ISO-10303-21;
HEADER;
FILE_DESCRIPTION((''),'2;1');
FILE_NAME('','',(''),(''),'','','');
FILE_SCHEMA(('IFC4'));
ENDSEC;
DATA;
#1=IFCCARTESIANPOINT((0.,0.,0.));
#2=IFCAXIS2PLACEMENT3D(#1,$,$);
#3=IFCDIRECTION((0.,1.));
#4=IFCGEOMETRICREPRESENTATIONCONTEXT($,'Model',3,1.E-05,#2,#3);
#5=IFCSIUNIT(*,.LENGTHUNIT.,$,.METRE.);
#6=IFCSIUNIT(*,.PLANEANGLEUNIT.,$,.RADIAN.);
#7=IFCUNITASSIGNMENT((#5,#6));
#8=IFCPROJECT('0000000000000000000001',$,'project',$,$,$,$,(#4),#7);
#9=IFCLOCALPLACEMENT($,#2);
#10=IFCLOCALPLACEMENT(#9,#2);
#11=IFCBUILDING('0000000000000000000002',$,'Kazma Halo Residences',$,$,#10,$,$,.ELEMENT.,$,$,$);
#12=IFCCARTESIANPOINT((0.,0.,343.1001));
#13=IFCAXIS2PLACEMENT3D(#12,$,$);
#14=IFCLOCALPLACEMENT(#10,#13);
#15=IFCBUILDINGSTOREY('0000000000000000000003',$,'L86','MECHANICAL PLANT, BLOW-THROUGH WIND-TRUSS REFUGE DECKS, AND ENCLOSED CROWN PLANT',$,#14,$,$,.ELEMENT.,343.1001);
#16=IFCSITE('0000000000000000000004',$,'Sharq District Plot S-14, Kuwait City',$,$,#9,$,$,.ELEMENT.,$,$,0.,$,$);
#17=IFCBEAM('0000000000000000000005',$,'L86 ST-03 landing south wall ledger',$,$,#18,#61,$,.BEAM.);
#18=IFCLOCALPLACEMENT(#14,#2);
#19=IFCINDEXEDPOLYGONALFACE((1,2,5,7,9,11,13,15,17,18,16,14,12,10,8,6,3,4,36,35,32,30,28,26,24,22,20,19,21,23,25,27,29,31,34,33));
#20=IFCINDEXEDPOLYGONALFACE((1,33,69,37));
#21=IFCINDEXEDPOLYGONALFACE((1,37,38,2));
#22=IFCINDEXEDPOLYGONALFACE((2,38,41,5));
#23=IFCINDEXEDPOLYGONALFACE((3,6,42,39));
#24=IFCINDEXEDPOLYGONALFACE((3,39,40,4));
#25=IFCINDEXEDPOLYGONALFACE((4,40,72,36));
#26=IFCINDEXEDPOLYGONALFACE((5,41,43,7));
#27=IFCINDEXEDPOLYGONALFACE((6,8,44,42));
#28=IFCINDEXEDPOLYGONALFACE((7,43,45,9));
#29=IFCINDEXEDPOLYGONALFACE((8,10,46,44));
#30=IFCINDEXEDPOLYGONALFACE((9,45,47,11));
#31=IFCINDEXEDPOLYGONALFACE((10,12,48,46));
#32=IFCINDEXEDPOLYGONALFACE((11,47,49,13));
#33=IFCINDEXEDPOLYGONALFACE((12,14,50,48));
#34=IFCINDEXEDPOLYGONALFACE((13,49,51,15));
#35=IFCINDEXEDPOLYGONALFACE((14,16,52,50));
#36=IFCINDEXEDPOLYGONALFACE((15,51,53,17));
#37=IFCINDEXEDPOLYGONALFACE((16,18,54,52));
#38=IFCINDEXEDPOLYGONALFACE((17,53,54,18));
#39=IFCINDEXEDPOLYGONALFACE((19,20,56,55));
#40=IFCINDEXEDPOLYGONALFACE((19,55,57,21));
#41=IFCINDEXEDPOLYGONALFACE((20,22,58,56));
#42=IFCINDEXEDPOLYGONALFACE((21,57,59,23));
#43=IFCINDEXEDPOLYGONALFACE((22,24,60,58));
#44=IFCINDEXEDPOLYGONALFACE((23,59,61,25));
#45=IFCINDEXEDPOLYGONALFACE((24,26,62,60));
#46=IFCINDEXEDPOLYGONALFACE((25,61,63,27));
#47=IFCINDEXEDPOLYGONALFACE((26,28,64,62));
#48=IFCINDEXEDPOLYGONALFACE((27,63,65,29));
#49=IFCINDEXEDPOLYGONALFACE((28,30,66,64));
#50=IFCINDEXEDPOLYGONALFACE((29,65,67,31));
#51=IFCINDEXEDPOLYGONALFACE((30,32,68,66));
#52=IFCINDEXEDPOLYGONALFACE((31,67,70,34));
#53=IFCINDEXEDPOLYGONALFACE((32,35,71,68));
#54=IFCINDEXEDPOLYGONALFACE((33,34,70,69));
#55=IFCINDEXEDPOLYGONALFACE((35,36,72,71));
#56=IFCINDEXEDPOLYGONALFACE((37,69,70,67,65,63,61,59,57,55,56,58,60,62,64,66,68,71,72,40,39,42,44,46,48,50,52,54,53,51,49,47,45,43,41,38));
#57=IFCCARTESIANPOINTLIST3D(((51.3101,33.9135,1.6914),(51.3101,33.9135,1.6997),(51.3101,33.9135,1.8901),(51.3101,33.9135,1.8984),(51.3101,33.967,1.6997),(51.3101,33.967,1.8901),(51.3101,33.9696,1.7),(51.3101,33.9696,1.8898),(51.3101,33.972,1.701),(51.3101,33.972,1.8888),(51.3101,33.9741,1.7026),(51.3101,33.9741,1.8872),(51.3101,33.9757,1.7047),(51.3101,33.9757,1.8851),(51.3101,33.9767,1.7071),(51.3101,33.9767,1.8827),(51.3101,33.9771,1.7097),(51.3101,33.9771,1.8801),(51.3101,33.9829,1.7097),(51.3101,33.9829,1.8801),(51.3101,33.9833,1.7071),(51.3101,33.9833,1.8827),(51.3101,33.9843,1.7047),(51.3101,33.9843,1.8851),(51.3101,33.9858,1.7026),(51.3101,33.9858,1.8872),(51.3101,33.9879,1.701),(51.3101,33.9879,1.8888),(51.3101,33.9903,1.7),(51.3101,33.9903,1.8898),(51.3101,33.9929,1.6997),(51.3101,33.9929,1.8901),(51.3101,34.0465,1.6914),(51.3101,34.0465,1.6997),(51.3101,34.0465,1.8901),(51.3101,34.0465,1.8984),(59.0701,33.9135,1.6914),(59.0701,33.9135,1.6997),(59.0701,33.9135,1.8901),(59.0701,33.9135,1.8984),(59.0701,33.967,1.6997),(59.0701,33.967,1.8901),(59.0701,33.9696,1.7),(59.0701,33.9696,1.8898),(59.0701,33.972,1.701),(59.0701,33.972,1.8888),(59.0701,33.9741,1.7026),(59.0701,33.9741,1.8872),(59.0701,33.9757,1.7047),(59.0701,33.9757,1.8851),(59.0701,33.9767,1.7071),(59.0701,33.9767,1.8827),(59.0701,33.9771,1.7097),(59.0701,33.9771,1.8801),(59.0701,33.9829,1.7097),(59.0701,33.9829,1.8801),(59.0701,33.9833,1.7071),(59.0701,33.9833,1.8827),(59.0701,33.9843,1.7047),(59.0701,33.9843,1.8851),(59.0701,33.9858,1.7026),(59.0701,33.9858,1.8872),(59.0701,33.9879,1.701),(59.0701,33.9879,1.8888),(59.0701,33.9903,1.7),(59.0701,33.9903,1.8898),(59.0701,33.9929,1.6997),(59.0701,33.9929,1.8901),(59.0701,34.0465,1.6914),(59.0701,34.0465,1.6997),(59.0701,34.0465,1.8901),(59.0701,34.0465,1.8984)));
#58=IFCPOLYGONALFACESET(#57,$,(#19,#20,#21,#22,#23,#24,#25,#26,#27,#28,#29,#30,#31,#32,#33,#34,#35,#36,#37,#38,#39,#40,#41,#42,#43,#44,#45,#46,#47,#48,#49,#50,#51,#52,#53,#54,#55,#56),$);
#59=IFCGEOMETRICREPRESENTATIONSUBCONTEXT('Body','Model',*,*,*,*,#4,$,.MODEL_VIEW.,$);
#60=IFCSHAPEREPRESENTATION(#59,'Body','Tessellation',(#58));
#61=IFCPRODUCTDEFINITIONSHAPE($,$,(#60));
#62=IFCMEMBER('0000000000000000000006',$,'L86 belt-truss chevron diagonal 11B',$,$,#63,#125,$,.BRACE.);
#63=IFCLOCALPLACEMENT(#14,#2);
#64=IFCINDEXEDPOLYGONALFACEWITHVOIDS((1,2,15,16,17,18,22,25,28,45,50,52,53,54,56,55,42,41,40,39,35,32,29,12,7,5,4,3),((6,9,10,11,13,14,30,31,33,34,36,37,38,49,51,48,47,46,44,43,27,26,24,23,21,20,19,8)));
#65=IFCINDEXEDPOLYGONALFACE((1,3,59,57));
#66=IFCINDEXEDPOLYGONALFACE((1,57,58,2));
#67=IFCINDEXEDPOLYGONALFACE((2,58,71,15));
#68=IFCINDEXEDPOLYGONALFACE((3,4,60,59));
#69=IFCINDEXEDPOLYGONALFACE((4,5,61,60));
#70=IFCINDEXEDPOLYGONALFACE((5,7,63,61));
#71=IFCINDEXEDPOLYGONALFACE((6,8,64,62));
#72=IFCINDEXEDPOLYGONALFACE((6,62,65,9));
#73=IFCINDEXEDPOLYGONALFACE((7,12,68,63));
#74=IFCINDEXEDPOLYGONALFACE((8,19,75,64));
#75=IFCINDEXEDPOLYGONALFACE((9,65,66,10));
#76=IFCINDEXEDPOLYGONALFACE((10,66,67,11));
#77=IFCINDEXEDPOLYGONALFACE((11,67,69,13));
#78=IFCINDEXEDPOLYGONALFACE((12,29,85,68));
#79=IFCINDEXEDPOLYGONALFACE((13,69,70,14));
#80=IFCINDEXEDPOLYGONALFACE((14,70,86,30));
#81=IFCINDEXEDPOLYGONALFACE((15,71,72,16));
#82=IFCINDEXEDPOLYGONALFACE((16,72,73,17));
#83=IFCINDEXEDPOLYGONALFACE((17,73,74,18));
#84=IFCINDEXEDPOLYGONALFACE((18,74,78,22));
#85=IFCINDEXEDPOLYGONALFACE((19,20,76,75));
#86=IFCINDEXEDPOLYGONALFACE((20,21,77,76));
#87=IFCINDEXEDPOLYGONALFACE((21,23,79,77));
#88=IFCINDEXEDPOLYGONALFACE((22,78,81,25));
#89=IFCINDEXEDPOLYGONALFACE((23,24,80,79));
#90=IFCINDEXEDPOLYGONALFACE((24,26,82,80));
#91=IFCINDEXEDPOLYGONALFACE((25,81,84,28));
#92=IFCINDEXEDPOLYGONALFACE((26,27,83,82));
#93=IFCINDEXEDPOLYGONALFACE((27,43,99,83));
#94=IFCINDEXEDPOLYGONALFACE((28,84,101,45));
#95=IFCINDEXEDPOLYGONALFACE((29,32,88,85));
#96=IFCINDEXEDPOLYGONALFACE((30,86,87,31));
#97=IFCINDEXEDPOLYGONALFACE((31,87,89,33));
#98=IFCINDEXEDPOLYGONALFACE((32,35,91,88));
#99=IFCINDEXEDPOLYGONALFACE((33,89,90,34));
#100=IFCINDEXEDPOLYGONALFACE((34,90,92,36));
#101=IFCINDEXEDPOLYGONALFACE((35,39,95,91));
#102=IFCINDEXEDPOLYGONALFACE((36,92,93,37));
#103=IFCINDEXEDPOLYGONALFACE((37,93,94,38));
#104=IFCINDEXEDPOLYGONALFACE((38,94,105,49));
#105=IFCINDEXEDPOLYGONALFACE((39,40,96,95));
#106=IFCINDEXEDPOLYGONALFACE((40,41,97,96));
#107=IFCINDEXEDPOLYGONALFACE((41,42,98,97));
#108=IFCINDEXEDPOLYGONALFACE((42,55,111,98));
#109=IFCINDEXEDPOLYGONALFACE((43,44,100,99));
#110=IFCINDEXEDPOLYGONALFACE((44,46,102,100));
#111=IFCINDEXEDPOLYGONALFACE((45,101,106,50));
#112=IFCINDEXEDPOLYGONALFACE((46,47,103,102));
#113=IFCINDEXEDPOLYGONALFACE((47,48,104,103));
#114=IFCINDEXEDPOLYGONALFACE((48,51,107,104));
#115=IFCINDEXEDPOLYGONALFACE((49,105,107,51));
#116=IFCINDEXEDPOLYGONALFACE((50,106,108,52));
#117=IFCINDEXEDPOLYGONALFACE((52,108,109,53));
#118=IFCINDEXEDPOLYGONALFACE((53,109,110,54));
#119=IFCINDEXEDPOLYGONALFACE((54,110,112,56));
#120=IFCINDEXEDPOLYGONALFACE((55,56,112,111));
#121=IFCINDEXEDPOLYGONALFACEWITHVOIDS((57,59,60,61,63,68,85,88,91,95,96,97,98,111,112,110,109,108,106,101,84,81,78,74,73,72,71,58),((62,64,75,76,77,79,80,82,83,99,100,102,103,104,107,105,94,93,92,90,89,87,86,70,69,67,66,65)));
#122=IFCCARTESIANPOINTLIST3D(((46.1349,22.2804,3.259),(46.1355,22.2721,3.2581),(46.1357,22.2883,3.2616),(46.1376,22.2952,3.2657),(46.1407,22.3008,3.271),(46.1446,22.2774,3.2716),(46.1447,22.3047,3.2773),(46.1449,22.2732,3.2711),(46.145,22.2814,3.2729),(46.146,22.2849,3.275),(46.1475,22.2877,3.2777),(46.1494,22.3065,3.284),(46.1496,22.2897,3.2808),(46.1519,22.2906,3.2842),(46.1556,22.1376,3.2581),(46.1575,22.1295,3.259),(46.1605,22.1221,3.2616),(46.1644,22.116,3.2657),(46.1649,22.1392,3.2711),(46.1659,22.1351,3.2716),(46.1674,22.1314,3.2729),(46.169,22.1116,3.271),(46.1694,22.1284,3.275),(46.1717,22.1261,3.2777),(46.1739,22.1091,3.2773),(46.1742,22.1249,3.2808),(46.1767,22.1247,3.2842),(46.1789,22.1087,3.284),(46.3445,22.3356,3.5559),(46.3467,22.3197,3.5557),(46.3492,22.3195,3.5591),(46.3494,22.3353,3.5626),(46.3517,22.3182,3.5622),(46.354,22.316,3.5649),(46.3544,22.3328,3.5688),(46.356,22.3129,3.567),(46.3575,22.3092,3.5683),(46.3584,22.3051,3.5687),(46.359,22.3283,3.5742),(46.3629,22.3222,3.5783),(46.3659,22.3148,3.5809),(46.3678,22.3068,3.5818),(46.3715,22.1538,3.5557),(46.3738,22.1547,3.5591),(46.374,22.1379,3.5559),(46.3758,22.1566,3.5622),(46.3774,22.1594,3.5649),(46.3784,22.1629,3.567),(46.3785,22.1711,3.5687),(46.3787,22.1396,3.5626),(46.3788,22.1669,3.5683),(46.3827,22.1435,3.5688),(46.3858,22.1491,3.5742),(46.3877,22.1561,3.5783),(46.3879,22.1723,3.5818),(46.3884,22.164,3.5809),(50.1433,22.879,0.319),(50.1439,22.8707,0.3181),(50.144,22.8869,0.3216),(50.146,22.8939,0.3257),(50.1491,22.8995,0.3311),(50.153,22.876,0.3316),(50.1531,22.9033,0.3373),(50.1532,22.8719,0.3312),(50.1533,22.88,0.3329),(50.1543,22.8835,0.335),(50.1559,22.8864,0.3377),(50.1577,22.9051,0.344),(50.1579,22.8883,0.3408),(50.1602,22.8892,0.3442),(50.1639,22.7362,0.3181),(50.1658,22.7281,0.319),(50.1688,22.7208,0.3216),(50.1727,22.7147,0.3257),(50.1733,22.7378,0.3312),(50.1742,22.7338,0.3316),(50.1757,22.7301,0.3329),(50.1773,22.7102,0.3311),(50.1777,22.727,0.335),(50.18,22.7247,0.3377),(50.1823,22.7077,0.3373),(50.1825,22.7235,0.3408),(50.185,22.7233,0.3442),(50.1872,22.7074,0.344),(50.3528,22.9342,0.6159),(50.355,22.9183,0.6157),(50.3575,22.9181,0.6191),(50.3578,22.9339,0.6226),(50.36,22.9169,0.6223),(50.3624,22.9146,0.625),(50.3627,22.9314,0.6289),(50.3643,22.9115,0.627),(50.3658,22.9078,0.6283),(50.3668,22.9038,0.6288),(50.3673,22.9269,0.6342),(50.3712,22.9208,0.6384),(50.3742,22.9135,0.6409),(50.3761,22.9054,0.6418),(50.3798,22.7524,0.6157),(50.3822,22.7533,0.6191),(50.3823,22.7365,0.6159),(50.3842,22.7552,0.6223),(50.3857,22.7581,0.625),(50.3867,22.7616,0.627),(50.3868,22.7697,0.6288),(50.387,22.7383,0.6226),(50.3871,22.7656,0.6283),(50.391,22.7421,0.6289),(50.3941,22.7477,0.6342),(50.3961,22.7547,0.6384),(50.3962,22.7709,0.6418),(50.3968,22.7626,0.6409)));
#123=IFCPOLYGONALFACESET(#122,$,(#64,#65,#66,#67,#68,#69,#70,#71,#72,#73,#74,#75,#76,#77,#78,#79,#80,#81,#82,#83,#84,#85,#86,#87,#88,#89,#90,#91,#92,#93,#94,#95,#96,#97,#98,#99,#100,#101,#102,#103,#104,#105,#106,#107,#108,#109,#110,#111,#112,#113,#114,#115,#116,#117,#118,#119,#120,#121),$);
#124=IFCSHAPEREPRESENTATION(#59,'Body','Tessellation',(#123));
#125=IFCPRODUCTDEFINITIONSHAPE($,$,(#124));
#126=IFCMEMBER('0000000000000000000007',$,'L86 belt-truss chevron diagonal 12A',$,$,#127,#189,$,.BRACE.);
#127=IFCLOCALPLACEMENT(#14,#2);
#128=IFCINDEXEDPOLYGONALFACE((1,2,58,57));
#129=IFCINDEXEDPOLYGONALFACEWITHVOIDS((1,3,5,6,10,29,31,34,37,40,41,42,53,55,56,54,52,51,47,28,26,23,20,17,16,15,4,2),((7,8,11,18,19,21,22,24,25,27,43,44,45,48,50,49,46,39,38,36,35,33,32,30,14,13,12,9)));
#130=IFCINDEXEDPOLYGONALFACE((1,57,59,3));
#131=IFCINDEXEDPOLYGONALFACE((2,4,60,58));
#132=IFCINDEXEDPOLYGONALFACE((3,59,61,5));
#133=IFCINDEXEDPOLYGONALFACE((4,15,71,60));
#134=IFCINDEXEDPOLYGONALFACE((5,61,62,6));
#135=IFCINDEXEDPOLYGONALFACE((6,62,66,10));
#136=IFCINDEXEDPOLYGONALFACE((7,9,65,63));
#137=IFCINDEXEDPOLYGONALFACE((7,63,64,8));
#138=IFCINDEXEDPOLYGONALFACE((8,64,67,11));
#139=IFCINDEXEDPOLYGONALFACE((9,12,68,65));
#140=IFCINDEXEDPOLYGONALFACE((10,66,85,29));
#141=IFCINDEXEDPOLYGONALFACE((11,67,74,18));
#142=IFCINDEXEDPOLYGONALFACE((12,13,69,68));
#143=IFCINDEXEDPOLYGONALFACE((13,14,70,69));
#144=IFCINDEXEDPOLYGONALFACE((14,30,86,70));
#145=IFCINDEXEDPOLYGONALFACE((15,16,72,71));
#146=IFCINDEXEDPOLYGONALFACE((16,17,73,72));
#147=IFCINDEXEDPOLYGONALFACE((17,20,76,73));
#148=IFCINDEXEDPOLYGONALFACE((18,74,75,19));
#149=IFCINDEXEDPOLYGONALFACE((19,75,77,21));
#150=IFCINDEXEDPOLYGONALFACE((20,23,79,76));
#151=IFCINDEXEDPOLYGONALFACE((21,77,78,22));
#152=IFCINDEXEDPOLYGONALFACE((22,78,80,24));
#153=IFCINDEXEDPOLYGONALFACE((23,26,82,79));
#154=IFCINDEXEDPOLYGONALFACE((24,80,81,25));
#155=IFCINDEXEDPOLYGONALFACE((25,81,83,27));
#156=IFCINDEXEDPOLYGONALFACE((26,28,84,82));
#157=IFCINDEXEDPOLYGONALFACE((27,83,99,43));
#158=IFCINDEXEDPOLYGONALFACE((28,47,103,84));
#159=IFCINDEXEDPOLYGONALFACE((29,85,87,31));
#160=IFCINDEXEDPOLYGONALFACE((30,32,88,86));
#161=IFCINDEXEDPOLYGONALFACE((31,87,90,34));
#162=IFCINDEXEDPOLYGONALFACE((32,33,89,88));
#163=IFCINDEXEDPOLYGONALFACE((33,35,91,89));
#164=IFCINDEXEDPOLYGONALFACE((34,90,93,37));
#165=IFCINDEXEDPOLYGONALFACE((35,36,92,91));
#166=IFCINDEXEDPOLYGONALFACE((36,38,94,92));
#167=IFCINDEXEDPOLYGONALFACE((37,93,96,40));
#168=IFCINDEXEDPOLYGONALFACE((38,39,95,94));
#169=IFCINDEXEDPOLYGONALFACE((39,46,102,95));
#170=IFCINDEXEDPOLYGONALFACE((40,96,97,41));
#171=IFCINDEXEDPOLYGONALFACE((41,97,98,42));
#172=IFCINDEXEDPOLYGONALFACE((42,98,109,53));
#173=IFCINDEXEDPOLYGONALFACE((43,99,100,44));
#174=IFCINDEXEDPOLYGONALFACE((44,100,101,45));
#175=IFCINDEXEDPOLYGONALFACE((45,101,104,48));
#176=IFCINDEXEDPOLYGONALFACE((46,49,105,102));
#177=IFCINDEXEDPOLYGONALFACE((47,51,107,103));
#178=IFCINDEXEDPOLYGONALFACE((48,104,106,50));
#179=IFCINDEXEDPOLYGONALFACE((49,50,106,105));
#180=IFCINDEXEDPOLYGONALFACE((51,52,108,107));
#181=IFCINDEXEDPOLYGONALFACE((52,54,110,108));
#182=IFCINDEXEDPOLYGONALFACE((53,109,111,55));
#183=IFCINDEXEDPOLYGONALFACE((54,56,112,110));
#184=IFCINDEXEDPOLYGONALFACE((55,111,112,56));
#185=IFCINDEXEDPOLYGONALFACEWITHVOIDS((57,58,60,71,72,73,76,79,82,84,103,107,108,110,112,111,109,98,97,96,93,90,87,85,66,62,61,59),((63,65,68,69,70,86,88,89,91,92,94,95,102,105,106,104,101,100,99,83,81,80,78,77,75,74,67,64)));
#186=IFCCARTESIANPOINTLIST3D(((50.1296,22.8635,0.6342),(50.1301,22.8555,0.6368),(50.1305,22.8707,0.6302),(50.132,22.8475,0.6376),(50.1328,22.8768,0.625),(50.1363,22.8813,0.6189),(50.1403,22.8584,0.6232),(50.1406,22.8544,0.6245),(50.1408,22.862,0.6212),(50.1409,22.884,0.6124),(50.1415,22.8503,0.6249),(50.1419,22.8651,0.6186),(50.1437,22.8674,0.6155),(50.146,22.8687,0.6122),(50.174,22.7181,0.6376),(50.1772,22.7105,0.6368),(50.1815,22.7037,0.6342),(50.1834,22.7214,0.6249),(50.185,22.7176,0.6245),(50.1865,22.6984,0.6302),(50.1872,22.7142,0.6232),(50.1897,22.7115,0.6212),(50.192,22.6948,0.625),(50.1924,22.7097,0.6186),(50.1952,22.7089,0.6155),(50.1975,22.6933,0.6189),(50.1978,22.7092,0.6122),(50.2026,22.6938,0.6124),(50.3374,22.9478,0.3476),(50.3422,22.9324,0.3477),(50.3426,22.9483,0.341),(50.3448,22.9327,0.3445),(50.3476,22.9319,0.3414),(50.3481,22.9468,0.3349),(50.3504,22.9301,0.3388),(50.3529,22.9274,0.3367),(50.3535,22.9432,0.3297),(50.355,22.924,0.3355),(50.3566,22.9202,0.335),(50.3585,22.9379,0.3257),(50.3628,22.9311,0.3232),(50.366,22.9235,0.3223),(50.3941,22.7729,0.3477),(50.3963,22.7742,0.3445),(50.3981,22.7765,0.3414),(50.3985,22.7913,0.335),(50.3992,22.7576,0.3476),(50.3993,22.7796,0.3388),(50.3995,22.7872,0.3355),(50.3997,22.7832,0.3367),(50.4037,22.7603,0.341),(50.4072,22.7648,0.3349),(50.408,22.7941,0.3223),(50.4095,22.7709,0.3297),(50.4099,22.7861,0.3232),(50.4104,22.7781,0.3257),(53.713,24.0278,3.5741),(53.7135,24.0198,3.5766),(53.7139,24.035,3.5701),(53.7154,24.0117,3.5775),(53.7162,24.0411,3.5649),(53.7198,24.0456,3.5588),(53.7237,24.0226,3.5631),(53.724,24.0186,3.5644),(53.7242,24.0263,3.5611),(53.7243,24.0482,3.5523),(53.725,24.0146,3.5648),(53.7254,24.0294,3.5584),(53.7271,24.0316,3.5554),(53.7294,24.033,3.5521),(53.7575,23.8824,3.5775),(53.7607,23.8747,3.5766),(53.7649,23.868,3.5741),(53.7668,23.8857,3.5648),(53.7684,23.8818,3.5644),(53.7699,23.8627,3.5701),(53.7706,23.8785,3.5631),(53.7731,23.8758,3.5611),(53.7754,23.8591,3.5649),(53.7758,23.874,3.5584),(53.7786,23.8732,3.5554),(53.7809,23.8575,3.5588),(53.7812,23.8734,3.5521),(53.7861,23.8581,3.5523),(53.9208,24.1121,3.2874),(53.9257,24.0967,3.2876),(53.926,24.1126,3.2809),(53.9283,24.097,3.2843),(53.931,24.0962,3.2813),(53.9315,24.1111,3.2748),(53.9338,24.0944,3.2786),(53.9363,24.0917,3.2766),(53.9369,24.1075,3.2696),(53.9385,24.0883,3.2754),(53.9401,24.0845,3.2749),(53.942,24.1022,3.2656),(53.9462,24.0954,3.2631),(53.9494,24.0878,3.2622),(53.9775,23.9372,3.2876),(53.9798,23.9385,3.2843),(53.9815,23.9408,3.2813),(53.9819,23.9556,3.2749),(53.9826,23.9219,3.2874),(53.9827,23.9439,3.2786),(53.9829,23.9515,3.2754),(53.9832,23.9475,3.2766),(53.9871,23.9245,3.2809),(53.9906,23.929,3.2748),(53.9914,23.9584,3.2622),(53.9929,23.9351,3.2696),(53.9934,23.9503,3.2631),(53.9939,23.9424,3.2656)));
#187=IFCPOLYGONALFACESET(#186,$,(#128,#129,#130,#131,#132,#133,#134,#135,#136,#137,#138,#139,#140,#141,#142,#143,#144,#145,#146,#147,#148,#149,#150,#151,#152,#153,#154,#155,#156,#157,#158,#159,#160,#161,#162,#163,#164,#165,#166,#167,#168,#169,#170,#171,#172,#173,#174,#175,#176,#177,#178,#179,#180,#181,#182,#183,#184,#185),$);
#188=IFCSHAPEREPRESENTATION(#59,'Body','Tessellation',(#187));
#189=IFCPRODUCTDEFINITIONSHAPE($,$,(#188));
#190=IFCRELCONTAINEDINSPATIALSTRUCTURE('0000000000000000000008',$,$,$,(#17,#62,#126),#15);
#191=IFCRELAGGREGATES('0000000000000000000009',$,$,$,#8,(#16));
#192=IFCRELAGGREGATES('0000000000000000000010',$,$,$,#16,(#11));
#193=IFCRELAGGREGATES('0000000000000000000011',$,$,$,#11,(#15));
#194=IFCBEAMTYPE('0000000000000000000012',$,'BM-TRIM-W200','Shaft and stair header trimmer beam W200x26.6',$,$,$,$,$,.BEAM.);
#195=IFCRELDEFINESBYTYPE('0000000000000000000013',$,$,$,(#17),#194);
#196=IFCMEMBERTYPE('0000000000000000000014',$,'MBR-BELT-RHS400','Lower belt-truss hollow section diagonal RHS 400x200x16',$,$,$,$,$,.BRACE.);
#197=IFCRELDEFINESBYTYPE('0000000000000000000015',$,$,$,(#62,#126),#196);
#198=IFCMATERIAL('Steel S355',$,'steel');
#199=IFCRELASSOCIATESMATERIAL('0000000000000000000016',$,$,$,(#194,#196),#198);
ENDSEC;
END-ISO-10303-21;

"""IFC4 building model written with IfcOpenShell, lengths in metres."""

from ifc_helpers import new_model, si_unit, direction, frame, origin, origin_2d, place, context, subcontext, project, spatial, hollow_rectangle, i_section, extrude, material, material_profile, profile_set, type_object, element, save


model = new_model("IFC4")

# Units and contexts
model_context = context("Model", 3, precision=1e-05, world=origin(), true_north=direction((0.0, 1.0)))
body_context = subcontext(model_context, "Body", "Model", "MODEL_VIEW")
ifc_project = project(units=[si_unit("LENGTHUNIT", "METRE"), si_unit("PLANEANGLEUNIT", "RADIAN")], contexts=[model_context])

# Site, building, storey
site_placement = place(None, origin())
site = spatial("IfcSite", under=ifc_project, at=site_placement, Name="Sharq District Plot S-14, Kuwait City", CompositionType="ELEMENT", RefElevation=0.0)
building_placement = place(site_placement, origin())
building = spatial("IfcBuilding", under=site, at=building_placement, Name="Kazma Halo Residences", CompositionType="ELEMENT")
storey_placement = place(building_placement, frame((0.0, 0.0, 343.1001)))
storey = spatial("IfcBuildingStorey", under=building, at=storey_placement, Name="L86", Description="MECHANICAL PLANT, BLOW-THROUGH WIND-TRUSS REFUGE DECKS, AND ENCLOSED CROWN PLANT", CompositionType="ELEMENT", Elevation=343.1001)

# Beam
ifc_material_1 = material(Name="Steel S355", Category="steel")
ifc_material_profile_1 = material_profile(ifc_material_1, i_section(OverallWidth=0.1331, OverallDepth=0.207, WebThickness=0.0059, FlangeThickness=0.0083, FilletRadius=0.01, at=origin_2d()), Name="W200x26.6")
ifc_profile_set_1 = profile_set([ifc_material_profile_1], Name="Steel S355")
beam_type_1 = type_object("IfcBeamType", Name="BM-TRIM-W200", Description="Shaft and stair header trimmer beam W200x26.6", PredefinedType="BEAM", material=ifc_profile_set_1)
beam_1_placement = place(storey_placement, frame((51.3101, 33.98, 1.7949), z_axis=(1.0, 0.0, 0.0), x_axis=(0.0, 1.0, 0.0)))
element("IfcBeam", 1, at=beam_1_placement, inside=storey, type_object=beam_type_1, Name="L86 ST-03 landing south wall ledger", PredefinedType="BEAM", context=body_context, shape_type="SweptSolid", body=[
    extrude(i_section(OverallWidth=0.1331, OverallDepth=0.207, WebThickness=0.0059, FlangeThickness=0.0083, FilletRadius=0.01, at=origin_2d()), origin(), (0.0, 0.0, 1.0), 7.76),
])

# Members
ifc_material_profile_2 = material_profile(ifc_material_1, hollow_rectangle(XDim=0.2, YDim=0.3999, WallThickness=0.0161, InnerFilletRadius=0.0161, OuterFilletRadius=0.032, at=origin_2d()), Name="RHS400x200x16")
ifc_profile_set_2 = profile_set([ifc_material_profile_2], Name="Steel S355")
member_type_1 = type_object("IfcMemberType", Name="MBR-BELT-RHS400", Description="Lower belt-truss hollow section diagonal RHS 400x200x16", PredefinedType="BRACE", material=ifc_profile_set_2)
member_1_placement = place(storey_placement, frame((50.27, 22.8208, 0.48), z_axis=(-0.800571, -0.119564, 0.587189), x_axis=(0.14771, -0.989031, 0.0)))
element("IfcMember", 2, at=member_1_placement, inside=storey, type_object=member_type_1, Name="L86 belt-truss chevron diagonal 11B", PredefinedType="BRACE", context=body_context, shape_type="SweptSolid", body=[
    extrude(hollow_rectangle(XDim=0.2, YDim=0.3999, WallThickness=0.0161, InnerFilletRadius=0.0161, OuterFilletRadius=0.032, at=origin_2d()), origin(), (0.0, 0.0, 1.0), 5.0068),
])
member_2_placement = place(storey_placement, frame((50.27, 22.8208, 0.48), z_axis=(0.749818, 0.243622, 0.615159), x_axis=(-0.309007, 0.95106, 0.0)))
element("IfcMember", 3, at=member_2_placement, inside=storey, type_object=member_type_1, Name="L86 belt-truss chevron diagonal 12A", PredefinedType="BRACE", context=body_context, shape_type="SweptSolid", body=[
    extrude(hollow_rectangle(XDim=0.2, YDim=0.3999, WallThickness=0.0161, InnerFilletRadius=0.0161, OuterFilletRadius=0.032, at=origin_2d()), origin(), (0.0, 0.0, 1.0), 4.7791),
])

save(model, "model.ifc")
